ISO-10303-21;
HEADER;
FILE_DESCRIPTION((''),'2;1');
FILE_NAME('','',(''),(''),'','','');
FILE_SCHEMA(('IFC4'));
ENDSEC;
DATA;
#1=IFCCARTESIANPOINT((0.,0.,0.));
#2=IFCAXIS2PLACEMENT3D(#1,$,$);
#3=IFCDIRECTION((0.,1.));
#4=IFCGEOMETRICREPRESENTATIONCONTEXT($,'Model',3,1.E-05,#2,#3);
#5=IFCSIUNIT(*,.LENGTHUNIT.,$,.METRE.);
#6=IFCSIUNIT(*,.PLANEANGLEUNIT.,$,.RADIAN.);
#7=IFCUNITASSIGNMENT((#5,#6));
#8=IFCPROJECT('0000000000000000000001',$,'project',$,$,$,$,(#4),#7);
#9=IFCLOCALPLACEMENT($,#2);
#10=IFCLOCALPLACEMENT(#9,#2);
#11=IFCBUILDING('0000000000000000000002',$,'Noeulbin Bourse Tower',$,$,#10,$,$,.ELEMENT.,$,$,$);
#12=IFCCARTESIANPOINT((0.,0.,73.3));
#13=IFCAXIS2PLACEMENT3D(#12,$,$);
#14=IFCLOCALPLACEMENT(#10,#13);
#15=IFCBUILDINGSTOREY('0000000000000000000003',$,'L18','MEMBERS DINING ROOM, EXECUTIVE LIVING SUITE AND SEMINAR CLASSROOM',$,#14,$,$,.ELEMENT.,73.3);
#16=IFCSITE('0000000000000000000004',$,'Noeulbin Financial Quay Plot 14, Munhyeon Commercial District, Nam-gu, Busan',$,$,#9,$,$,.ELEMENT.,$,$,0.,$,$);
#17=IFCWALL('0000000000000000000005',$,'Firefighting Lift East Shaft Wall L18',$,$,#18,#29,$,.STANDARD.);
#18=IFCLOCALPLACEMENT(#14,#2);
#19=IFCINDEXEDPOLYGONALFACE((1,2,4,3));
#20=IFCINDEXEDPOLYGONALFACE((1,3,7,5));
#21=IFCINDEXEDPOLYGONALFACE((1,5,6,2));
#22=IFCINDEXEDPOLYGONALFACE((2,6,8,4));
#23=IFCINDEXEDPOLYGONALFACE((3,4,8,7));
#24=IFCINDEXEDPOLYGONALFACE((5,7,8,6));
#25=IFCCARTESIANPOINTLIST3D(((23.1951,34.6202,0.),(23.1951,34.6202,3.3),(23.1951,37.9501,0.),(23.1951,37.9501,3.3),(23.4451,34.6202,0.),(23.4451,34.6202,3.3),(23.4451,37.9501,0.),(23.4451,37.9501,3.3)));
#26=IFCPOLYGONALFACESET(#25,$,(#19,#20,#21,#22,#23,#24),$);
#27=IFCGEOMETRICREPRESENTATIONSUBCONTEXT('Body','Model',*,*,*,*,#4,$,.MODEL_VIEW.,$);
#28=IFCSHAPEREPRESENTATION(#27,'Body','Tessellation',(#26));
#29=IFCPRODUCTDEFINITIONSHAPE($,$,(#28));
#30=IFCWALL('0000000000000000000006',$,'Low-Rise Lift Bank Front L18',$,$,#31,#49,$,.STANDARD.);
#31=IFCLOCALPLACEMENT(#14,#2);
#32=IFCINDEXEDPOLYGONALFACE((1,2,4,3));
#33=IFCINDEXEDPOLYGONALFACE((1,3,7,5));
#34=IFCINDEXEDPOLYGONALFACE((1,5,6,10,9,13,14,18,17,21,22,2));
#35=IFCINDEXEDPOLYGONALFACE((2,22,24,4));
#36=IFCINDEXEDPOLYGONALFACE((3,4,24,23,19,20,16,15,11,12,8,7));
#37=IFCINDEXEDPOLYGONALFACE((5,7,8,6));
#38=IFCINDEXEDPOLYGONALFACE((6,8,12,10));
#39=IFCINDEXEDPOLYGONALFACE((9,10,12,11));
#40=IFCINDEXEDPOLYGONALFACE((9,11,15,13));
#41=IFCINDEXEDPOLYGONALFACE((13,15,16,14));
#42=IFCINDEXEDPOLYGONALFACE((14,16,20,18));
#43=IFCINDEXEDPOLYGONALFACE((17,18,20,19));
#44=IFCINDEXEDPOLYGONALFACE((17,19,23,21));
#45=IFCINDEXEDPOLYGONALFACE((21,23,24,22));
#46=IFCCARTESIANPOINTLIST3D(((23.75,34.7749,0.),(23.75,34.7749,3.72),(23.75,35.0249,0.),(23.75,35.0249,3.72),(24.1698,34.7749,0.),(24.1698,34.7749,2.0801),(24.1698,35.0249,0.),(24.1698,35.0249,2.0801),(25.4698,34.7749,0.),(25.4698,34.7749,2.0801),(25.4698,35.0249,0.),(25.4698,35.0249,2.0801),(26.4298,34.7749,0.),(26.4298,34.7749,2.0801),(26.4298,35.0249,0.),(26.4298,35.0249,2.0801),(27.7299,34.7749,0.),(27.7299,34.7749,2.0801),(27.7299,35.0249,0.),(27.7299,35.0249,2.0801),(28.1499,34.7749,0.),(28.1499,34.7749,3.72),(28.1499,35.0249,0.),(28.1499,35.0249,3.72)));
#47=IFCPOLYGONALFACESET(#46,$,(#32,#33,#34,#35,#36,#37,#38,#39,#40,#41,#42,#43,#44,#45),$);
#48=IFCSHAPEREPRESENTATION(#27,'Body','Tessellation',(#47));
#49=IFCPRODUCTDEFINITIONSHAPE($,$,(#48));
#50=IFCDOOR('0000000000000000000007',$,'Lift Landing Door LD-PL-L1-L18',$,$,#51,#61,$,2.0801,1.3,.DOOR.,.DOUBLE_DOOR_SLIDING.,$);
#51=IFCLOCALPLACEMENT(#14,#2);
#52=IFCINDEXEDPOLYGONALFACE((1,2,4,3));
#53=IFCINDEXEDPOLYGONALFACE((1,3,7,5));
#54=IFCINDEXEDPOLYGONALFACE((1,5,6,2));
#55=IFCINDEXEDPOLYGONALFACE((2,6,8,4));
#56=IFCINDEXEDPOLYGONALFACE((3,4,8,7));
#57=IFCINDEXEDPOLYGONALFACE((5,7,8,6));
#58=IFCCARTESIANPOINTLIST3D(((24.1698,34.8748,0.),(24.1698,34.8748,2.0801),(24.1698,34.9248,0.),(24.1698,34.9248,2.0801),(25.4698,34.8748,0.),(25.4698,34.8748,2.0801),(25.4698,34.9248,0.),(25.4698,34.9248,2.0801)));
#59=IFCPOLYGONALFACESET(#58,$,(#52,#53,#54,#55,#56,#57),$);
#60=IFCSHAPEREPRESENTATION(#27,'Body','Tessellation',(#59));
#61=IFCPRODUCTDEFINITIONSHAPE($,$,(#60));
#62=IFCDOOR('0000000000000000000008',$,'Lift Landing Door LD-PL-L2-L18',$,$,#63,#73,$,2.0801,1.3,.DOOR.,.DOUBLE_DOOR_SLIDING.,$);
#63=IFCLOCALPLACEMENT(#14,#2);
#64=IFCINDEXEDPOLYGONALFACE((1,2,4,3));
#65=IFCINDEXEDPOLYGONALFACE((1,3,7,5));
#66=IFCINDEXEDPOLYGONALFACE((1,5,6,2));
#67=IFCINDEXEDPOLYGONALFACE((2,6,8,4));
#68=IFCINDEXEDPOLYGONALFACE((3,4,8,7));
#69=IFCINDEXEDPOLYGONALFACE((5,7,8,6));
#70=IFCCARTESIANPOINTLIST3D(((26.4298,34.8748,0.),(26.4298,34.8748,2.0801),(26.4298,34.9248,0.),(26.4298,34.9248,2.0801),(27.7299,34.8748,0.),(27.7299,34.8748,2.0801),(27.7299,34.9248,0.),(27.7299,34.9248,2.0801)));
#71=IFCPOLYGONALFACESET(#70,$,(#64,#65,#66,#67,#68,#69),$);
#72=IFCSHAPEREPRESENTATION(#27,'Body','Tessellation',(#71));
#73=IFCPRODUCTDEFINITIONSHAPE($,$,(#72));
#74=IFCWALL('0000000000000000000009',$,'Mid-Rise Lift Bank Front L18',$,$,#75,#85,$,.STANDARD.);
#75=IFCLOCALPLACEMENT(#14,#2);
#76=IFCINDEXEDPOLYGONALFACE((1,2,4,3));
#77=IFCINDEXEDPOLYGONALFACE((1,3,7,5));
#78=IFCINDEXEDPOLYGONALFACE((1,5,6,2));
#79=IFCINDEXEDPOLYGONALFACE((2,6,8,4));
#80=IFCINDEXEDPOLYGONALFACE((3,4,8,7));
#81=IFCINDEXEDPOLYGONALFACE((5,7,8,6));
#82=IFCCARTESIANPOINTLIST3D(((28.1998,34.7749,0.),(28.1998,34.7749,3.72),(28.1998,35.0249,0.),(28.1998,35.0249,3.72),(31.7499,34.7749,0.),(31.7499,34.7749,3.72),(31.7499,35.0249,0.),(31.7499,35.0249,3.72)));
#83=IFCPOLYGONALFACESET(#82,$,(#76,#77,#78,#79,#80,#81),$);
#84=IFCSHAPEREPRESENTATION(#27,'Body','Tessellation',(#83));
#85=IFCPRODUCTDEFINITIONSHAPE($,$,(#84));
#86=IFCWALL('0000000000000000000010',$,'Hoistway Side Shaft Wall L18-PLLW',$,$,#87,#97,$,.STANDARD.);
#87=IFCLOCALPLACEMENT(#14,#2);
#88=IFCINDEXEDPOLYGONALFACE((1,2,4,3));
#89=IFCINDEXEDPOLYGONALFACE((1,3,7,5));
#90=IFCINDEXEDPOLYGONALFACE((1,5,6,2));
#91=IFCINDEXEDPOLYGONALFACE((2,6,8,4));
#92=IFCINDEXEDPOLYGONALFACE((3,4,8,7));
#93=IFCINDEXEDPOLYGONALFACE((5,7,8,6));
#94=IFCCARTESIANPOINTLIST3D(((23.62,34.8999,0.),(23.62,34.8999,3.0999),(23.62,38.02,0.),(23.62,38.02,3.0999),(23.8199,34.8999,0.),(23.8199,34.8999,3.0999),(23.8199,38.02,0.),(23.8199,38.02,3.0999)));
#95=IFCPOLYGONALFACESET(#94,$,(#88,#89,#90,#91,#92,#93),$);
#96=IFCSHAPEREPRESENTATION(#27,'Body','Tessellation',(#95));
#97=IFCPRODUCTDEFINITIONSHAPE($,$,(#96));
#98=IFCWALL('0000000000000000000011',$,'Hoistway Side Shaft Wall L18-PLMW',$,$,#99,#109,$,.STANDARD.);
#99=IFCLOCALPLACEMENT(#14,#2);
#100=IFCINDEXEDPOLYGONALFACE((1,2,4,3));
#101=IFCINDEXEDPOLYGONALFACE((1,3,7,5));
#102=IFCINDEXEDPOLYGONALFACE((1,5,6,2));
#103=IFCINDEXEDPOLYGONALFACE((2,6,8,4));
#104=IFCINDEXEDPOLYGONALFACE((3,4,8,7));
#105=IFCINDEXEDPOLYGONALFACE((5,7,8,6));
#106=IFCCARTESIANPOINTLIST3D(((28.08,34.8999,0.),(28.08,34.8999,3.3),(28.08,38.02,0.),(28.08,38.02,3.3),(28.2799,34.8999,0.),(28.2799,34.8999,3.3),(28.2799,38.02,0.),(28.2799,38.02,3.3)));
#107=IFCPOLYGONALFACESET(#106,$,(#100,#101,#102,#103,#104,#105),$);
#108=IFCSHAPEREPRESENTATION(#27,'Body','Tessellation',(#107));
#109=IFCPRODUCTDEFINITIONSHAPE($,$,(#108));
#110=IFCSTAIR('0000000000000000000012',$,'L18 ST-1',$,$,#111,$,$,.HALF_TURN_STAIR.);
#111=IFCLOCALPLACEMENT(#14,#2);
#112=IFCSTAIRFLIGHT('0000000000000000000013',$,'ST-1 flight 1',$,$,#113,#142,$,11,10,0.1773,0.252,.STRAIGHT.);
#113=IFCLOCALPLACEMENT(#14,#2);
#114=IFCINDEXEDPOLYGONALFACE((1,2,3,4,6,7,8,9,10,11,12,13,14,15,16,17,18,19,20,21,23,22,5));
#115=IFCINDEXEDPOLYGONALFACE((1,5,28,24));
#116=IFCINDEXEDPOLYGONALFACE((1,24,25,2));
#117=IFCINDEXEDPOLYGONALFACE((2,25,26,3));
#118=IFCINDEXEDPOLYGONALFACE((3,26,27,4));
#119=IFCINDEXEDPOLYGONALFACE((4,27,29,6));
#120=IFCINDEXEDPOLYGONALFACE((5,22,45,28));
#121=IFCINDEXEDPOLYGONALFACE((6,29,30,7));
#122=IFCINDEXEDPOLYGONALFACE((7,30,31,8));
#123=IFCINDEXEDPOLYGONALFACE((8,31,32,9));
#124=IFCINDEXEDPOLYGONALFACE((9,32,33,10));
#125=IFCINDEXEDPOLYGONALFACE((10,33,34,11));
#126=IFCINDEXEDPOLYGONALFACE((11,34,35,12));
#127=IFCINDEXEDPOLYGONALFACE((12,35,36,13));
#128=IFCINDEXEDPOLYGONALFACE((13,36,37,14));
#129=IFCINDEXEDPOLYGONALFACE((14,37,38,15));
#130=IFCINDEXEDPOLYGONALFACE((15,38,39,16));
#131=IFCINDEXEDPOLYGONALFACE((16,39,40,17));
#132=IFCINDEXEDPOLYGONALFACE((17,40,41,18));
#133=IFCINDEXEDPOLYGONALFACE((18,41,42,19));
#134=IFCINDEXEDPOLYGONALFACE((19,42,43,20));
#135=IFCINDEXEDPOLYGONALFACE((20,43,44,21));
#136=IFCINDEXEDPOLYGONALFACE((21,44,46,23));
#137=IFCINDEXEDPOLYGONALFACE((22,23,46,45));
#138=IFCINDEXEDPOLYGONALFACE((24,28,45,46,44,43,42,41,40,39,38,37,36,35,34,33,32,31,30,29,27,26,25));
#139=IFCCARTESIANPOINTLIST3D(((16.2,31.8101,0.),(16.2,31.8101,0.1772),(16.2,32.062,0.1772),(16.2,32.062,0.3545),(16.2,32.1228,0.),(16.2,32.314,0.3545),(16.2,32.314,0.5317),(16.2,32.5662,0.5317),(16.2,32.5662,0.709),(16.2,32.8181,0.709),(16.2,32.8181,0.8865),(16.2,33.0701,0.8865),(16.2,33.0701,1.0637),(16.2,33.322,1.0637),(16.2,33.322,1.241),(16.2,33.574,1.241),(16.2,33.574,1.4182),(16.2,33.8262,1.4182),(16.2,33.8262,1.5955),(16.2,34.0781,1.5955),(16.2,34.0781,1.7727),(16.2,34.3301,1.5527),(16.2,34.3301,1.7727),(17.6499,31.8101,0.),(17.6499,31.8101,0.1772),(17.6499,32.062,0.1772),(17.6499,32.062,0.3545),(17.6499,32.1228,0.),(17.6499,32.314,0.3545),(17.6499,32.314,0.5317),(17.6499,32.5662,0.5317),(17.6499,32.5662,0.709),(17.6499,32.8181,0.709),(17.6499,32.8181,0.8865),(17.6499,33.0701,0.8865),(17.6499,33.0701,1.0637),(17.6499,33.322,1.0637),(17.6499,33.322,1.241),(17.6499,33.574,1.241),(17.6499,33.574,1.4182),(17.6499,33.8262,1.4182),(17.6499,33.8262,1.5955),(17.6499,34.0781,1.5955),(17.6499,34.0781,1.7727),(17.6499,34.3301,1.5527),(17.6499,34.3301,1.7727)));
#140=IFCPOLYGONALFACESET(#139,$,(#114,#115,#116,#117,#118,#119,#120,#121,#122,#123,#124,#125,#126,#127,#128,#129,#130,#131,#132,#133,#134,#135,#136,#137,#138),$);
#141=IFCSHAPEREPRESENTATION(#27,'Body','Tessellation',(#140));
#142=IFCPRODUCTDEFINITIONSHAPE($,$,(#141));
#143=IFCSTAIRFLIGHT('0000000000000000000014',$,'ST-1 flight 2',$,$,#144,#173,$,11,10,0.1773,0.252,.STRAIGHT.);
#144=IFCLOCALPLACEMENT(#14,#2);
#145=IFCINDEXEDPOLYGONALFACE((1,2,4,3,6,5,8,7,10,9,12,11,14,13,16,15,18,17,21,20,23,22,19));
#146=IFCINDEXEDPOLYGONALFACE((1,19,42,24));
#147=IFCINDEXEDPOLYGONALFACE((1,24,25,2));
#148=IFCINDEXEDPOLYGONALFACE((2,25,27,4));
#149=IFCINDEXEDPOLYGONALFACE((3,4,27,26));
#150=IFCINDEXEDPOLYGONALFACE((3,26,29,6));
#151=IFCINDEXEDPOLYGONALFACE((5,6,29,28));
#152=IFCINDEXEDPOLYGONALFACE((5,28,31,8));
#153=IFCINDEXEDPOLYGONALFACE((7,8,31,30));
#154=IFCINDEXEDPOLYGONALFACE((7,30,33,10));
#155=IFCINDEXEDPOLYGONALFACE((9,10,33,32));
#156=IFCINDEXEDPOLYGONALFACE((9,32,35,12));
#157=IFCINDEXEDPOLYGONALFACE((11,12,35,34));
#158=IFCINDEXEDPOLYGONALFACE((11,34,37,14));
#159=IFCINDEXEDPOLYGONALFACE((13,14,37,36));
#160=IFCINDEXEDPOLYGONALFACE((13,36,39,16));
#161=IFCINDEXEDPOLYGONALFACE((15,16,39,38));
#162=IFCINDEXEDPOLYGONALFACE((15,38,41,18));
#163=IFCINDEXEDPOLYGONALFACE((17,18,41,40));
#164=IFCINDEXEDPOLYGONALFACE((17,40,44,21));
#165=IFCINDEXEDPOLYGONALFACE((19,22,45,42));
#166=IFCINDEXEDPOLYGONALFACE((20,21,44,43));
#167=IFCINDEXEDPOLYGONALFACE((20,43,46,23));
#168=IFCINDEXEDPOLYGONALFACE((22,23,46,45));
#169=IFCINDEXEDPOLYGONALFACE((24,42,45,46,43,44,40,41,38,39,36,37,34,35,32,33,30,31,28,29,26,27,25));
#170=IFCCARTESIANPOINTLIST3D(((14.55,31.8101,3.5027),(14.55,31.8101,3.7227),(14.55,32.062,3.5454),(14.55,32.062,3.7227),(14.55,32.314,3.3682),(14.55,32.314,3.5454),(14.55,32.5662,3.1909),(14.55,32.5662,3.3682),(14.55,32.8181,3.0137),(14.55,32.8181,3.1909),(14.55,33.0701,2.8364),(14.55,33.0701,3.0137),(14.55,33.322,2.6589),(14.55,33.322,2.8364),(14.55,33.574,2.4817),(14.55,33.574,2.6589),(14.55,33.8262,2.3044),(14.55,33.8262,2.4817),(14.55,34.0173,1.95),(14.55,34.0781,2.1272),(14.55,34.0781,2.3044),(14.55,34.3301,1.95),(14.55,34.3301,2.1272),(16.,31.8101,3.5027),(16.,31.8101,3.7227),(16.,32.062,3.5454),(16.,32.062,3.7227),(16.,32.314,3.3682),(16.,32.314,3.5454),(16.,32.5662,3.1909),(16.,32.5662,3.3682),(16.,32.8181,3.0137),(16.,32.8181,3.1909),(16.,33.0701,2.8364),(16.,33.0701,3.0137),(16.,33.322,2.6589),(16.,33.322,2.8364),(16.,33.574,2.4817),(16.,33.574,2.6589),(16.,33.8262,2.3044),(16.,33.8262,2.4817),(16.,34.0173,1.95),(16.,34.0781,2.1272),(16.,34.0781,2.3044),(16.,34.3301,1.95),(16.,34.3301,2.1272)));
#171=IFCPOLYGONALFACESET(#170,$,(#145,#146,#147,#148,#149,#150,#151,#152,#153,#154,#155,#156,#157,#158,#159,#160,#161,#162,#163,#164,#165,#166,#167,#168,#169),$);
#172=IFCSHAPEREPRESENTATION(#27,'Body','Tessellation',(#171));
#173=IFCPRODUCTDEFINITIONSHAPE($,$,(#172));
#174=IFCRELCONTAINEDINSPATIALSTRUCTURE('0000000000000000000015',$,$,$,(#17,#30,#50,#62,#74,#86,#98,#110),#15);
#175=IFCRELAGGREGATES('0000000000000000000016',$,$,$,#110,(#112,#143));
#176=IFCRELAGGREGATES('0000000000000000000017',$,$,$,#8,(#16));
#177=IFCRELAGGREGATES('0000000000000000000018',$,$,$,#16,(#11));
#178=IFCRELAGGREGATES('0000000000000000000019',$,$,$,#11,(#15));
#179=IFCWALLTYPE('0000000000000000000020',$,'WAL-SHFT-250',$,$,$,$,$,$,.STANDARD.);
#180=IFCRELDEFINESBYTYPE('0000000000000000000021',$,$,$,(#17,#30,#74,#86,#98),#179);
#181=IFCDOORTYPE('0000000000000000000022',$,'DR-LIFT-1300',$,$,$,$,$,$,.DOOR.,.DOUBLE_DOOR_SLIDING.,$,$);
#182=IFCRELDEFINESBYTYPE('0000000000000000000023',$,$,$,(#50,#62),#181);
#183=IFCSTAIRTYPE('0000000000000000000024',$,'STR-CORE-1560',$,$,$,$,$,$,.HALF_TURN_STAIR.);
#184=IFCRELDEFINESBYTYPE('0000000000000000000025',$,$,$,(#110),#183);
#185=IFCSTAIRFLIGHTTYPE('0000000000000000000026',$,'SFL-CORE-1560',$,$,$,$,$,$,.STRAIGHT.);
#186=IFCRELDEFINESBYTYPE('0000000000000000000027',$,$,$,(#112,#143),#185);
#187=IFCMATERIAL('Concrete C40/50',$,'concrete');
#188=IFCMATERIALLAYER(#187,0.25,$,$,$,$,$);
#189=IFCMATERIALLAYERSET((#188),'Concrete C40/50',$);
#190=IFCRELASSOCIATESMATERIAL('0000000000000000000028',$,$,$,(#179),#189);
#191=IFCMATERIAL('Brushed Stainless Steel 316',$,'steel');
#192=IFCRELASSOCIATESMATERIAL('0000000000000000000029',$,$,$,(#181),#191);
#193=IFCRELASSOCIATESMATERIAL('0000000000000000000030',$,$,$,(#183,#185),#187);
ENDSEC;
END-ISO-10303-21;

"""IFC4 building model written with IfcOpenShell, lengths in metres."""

from ifc_helpers import new_model, si_unit, direction, frame, frame_2d, origin, place, context, subcontext, project, spatial, polyline, rectangle, outline, extrude, material, layer, layer_set, type_object, element, fill, aggregate, save


model = new_model("IFC4")

# Units and contexts
model_context = context("Model", 3, precision=1e-05, world=origin(), true_north=direction((0.0, 1.0)))
body_context = subcontext(model_context, "Body", "Model", "MODEL_VIEW")
ifc_project = project(units=[si_unit("LENGTHUNIT", "METRE"), si_unit("PLANEANGLEUNIT", "RADIAN")], contexts=[model_context])

# Site, building, storey
site_placement = place(None, origin())
site = spatial("IfcSite", under=ifc_project, at=site_placement, Name="Noeulbin Financial Quay Plot 14, Munhyeon Commercial District, Nam-gu, Busan", CompositionType="ELEMENT", RefElevation=0.0)
building_placement = place(site_placement, origin())
building = spatial("IfcBuilding", under=site, at=building_placement, Name="Noeulbin Bourse Tower", CompositionType="ELEMENT")
storey_placement = place(building_placement, frame((0.0, 0.0, 73.3)))
storey = spatial("IfcBuildingStorey", under=building, at=storey_placement, Name="L18", Description="MEMBERS DINING ROOM, EXECUTIVE LIVING SUITE AND SEMINAR CLASSROOM", CompositionType="ELEMENT", Elevation=73.3)

# Shared definitions
ifc_material_1 = material(Name="Concrete C40/50", Category="concrete")

# Shared definitions
ifc_layer_1 = layer(ifc_material_1, 0.25)
ifc_layer_set_1 = layer_set([ifc_layer_1], Name="Concrete C40/50")
wall_type_1 = type_object("IfcWallType", Name="WAL-SHFT-250", PredefinedType="STANDARD", material=ifc_layer_set_1)

# Shared definitions
ifc_material_2 = material(Name="Brushed Stainless Steel 316", Category="steel")

# Wall
for number, where, z_axis, x_axis, name in (
    (1, (23.3201, 34.6201, 0.0), (0.0, 0.0, 1.0), (0.0, 1.0, 0.0), "Firefighting Lift East Shaft Wall L18"),
):
    element("IfcWall", number, at=place(storey_placement, frame(where, z_axis=z_axis, x_axis=x_axis)), inside=storey, type_object=wall_type_1, Name=name, PredefinedType="STANDARD", context=body_context, shape_type="SweptSolid", body=[
        extrude(rectangle(XDim=3.3298, YDim=0.25, at=frame_2d((1.665, 0.0))), origin(), (0.0, 0.0, 1.0), 3.3),
    ])

# Wall, openings, doors
wall_1_placement = place(storey_placement, frame((23.75, 34.8999, 0.0), z_axis=(0.0, 0.0, 1.0), x_axis=(1.0, 0.0, 0.0)))
wall_1 = element("IfcWall", 2, at=wall_1_placement, inside=storey, type_object=wall_type_1, Name="Low-Rise Lift Bank Front L18", PredefinedType="STANDARD", context=body_context, shape_type="SweptSolid", body=[
    extrude(rectangle(XDim=4.3999, YDim=0.25, at=frame_2d((2.2, 0.0))), origin(), (0.0, 0.0, 1.0), 3.72),
])
opening_1_placement = place(wall_1_placement, frame((0.4199, 0.0, 0.0)))
opening_1 = element("IfcOpeningElement", 3, at=opening_1_placement, cuts=wall_1, PredefinedType="OPENING", context=body_context, shape_type="SweptSolid", body=[
    extrude(rectangle(XDim=1.3, YDim=2.0801, at=frame_2d((0.6499, 1.04))), frame((0.0, 0.135, 0.0), z_axis=(0.0, -1.0, 0.0), x_axis=(1.0, 0.0, 0.0)), (0.0, 0.0, 1.0), 0.27),
])
opening_2_placement = place(wall_1_placement, frame((2.6799, 0.0, 0.0)))
opening_2 = element("IfcOpeningElement", 4, at=opening_2_placement, cuts=wall_1, PredefinedType="OPENING", context=body_context, shape_type="SweptSolid", body=[
    extrude(rectangle(XDim=1.3, YDim=2.0801, at=frame_2d((0.6499, 1.04))), frame((0.0, 0.135, 0.0), z_axis=(0.0, -1.0, 0.0), x_axis=(1.0, 0.0, 0.0)), (0.0, 0.0, 1.0), 0.27),
])
door_type_1 = type_object("IfcDoorType", Name="DR-LIFT-1300", OperationType="DOUBLE_DOOR_SLIDING", PredefinedType="DOOR", material=ifc_material_2)
door_1_placement = place(opening_1_placement, origin())
door_1 = element("IfcDoor", 5, at=door_1_placement, inside=storey, type_object=door_type_1, Name="Lift Landing Door LD-PL-L1-L18", OperationType="DOUBLE_DOOR_SLIDING", OverallHeight=2.0801, OverallWidth=1.3, PredefinedType="DOOR", context=body_context, shape_type="SweptSolid", body=[
    extrude(rectangle(XDim=1.3, YDim=2.0801, at=frame_2d((0.6499, 1.04))), frame((0.0, 0.0249, 0.0), z_axis=(0.0, -1.0, 0.0), x_axis=(1.0, 0.0, 0.0)), (0.0, 0.0, 1.0), 0.05),
])
fill(opening_1, door_1)
door_2_placement = place(opening_2_placement, origin())
door_2 = element("IfcDoor", 6, at=door_2_placement, inside=storey, type_object=door_type_1, Name="Lift Landing Door LD-PL-L2-L18", OperationType="DOUBLE_DOOR_SLIDING", OverallHeight=2.0801, OverallWidth=1.3, PredefinedType="DOOR", context=body_context, shape_type="SweptSolid", body=[
    extrude(rectangle(XDim=1.3, YDim=2.0801, at=frame_2d((0.6499, 1.04))), frame((0.0, 0.0249, 0.0), z_axis=(0.0, -1.0, 0.0), x_axis=(1.0, 0.0, 0.0)), (0.0, 0.0, 1.0), 0.05),
])
fill(opening_2, door_2)

# Walls
wall_2_placement = place(storey_placement, frame((28.2, 34.8999, 0.0), z_axis=(0.0, 0.0, 1.0), x_axis=(1.0, 0.0, 0.0)))
element("IfcWall", 7, at=wall_2_placement, inside=storey, type_object=wall_type_1, Name="Mid-Rise Lift Bank Front L18", PredefinedType="STANDARD", context=body_context, shape_type="SweptSolid", body=[
    extrude(rectangle(XDim=3.55, YDim=0.25, at=frame_2d((1.7749, 0.0))), origin(), (0.0, 0.0, 1.0), 3.72),
])
wall_3_placement = place(storey_placement, frame((23.72, 34.8999, 0.0), z_axis=(0.0, 0.0, 1.0), x_axis=(0.0, 1.0, 0.0)))
element("IfcWall", 8, at=wall_3_placement, inside=storey, type_object=wall_type_1, Name="Hoistway Side Shaft Wall L18-PLLW", PredefinedType="STANDARD", context=body_context, shape_type="SweptSolid", body=[
    extrude(rectangle(XDim=3.1201, YDim=0.2, at=frame_2d((1.5601, 0.0))), origin(), (0.0, 0.0, 1.0), 3.0999),
])
wall_4_placement = place(storey_placement, frame((28.1799, 34.8999, 0.0), z_axis=(0.0, 0.0, 1.0), x_axis=(0.0, 1.0, 0.0)))
element("IfcWall", 9, at=wall_4_placement, inside=storey, type_object=wall_type_1, Name="Hoistway Side Shaft Wall L18-PLMW", PredefinedType="STANDARD", context=body_context, shape_type="SweptSolid", body=[
    extrude(rectangle(XDim=3.1201, YDim=0.2, at=frame_2d((1.5601, 0.0))), origin(), (0.0, 0.0, 1.0), 3.3),
])

# Stair, stair flights
stair_type = type_object("IfcStairType", Name="STR-CORE-1560", PredefinedType="HALF_TURN_STAIR", material=ifc_material_1)
stair_placement = place(storey_placement, origin())
stair = element("IfcStair", 10, at=stair_placement, inside=storey, type_object=stair_type, Name="L18 ST-1", PredefinedType="HALF_TURN_STAIR")
stair_flight_type = type_object("IfcStairFlightType", Name="SFL-CORE-1560", PredefinedType="STRAIGHT", material=ifc_material_1)
stair_flight_1_placement = place(storey_placement, frame((16.925, 31.8101, 0.0), z_axis=(0.0, 0.0, 1.0), x_axis=(0.0, 1.0, 0.0)))
stair_flight_1 = element("IfcStairFlight", 11, at=stair_flight_1_placement, type_object=stair_flight_type, Name="ST-1 flight 1", NumberOfRisers=11, NumberOfTreads=10, PredefinedType="STRAIGHT", RiserHeight=0.1773, TreadLength=0.252, context=body_context, shape_type="SweptSolid", body=[
    extrude(outline(polyline([(0.0, 0.0), (0.0, 0.1772), (0.252, 0.1772), (0.252, 0.3545), (0.5039, 0.3545), (0.5039, 0.5317), (0.7561, 0.5317), (0.7561, 0.709), (1.0081, 0.709), (1.0081, 0.8865), (1.26, 0.8865), (1.26, 1.0637), (1.512, 1.0637), (1.512, 1.241), (1.7639, 1.241), (1.7639, 1.4182), (2.0161, 1.4182), (2.0161, 1.5955), (2.2681, 1.5955), (2.2681, 1.7727), (2.52, 1.7727), (2.52, 1.95), (2.52, 1.5527), (0.3127, 0.0), (0.0, 0.0)])), frame((0.0, 0.7251, 0.0), z_axis=(0.0, -1.0, 0.0), x_axis=(1.0, 0.0, 0.0)), (0.0, 0.0, 1.0), 1.45),
])
stair_flight_2_placement = place(storey_placement, frame((15.2749, 34.3301, 1.95), z_axis=(0.0, 0.0, 1.0), x_axis=(0.0, -1.0, 0.0)))
stair_flight_2 = element("IfcStairFlight", 12, at=stair_flight_2_placement, type_object=stair_flight_type, Name="ST-1 flight 2", NumberOfRisers=11, NumberOfTreads=10, PredefinedType="STRAIGHT", RiserHeight=0.1773, TreadLength=0.252, context=body_context, shape_type="SweptSolid", body=[
    extrude(outline(polyline([(0.0, 0.0), (0.0, 0.1772), (0.252, 0.1772), (0.252, 0.3545), (0.5039, 0.3545), (0.5039, 0.5317), (0.7561, 0.5317), (0.7561, 0.709), (1.0081, 0.709), (1.0081, 0.8865), (1.26, 0.8865), (1.26, 1.0637), (1.512, 1.0637), (1.512, 1.241), (1.7639, 1.241), (1.7639, 1.4182), (2.0161, 1.4182), (2.0161, 1.5955), (2.2681, 1.5955), (2.2681, 1.7727), (2.52, 1.7727), (2.52, 1.95), (2.52, 1.5527), (0.3127, 0.0), (0.0, 0.0)])), frame((0.0, 0.7251, 0.0), z_axis=(0.0, -1.0, 0.0), x_axis=(1.0, 0.0, 0.0)), (0.0, 0.0, 1.0), 1.45),
])
aggregate(stair, [stair_flight_1, stair_flight_2])

save(model, "model.ifc")
